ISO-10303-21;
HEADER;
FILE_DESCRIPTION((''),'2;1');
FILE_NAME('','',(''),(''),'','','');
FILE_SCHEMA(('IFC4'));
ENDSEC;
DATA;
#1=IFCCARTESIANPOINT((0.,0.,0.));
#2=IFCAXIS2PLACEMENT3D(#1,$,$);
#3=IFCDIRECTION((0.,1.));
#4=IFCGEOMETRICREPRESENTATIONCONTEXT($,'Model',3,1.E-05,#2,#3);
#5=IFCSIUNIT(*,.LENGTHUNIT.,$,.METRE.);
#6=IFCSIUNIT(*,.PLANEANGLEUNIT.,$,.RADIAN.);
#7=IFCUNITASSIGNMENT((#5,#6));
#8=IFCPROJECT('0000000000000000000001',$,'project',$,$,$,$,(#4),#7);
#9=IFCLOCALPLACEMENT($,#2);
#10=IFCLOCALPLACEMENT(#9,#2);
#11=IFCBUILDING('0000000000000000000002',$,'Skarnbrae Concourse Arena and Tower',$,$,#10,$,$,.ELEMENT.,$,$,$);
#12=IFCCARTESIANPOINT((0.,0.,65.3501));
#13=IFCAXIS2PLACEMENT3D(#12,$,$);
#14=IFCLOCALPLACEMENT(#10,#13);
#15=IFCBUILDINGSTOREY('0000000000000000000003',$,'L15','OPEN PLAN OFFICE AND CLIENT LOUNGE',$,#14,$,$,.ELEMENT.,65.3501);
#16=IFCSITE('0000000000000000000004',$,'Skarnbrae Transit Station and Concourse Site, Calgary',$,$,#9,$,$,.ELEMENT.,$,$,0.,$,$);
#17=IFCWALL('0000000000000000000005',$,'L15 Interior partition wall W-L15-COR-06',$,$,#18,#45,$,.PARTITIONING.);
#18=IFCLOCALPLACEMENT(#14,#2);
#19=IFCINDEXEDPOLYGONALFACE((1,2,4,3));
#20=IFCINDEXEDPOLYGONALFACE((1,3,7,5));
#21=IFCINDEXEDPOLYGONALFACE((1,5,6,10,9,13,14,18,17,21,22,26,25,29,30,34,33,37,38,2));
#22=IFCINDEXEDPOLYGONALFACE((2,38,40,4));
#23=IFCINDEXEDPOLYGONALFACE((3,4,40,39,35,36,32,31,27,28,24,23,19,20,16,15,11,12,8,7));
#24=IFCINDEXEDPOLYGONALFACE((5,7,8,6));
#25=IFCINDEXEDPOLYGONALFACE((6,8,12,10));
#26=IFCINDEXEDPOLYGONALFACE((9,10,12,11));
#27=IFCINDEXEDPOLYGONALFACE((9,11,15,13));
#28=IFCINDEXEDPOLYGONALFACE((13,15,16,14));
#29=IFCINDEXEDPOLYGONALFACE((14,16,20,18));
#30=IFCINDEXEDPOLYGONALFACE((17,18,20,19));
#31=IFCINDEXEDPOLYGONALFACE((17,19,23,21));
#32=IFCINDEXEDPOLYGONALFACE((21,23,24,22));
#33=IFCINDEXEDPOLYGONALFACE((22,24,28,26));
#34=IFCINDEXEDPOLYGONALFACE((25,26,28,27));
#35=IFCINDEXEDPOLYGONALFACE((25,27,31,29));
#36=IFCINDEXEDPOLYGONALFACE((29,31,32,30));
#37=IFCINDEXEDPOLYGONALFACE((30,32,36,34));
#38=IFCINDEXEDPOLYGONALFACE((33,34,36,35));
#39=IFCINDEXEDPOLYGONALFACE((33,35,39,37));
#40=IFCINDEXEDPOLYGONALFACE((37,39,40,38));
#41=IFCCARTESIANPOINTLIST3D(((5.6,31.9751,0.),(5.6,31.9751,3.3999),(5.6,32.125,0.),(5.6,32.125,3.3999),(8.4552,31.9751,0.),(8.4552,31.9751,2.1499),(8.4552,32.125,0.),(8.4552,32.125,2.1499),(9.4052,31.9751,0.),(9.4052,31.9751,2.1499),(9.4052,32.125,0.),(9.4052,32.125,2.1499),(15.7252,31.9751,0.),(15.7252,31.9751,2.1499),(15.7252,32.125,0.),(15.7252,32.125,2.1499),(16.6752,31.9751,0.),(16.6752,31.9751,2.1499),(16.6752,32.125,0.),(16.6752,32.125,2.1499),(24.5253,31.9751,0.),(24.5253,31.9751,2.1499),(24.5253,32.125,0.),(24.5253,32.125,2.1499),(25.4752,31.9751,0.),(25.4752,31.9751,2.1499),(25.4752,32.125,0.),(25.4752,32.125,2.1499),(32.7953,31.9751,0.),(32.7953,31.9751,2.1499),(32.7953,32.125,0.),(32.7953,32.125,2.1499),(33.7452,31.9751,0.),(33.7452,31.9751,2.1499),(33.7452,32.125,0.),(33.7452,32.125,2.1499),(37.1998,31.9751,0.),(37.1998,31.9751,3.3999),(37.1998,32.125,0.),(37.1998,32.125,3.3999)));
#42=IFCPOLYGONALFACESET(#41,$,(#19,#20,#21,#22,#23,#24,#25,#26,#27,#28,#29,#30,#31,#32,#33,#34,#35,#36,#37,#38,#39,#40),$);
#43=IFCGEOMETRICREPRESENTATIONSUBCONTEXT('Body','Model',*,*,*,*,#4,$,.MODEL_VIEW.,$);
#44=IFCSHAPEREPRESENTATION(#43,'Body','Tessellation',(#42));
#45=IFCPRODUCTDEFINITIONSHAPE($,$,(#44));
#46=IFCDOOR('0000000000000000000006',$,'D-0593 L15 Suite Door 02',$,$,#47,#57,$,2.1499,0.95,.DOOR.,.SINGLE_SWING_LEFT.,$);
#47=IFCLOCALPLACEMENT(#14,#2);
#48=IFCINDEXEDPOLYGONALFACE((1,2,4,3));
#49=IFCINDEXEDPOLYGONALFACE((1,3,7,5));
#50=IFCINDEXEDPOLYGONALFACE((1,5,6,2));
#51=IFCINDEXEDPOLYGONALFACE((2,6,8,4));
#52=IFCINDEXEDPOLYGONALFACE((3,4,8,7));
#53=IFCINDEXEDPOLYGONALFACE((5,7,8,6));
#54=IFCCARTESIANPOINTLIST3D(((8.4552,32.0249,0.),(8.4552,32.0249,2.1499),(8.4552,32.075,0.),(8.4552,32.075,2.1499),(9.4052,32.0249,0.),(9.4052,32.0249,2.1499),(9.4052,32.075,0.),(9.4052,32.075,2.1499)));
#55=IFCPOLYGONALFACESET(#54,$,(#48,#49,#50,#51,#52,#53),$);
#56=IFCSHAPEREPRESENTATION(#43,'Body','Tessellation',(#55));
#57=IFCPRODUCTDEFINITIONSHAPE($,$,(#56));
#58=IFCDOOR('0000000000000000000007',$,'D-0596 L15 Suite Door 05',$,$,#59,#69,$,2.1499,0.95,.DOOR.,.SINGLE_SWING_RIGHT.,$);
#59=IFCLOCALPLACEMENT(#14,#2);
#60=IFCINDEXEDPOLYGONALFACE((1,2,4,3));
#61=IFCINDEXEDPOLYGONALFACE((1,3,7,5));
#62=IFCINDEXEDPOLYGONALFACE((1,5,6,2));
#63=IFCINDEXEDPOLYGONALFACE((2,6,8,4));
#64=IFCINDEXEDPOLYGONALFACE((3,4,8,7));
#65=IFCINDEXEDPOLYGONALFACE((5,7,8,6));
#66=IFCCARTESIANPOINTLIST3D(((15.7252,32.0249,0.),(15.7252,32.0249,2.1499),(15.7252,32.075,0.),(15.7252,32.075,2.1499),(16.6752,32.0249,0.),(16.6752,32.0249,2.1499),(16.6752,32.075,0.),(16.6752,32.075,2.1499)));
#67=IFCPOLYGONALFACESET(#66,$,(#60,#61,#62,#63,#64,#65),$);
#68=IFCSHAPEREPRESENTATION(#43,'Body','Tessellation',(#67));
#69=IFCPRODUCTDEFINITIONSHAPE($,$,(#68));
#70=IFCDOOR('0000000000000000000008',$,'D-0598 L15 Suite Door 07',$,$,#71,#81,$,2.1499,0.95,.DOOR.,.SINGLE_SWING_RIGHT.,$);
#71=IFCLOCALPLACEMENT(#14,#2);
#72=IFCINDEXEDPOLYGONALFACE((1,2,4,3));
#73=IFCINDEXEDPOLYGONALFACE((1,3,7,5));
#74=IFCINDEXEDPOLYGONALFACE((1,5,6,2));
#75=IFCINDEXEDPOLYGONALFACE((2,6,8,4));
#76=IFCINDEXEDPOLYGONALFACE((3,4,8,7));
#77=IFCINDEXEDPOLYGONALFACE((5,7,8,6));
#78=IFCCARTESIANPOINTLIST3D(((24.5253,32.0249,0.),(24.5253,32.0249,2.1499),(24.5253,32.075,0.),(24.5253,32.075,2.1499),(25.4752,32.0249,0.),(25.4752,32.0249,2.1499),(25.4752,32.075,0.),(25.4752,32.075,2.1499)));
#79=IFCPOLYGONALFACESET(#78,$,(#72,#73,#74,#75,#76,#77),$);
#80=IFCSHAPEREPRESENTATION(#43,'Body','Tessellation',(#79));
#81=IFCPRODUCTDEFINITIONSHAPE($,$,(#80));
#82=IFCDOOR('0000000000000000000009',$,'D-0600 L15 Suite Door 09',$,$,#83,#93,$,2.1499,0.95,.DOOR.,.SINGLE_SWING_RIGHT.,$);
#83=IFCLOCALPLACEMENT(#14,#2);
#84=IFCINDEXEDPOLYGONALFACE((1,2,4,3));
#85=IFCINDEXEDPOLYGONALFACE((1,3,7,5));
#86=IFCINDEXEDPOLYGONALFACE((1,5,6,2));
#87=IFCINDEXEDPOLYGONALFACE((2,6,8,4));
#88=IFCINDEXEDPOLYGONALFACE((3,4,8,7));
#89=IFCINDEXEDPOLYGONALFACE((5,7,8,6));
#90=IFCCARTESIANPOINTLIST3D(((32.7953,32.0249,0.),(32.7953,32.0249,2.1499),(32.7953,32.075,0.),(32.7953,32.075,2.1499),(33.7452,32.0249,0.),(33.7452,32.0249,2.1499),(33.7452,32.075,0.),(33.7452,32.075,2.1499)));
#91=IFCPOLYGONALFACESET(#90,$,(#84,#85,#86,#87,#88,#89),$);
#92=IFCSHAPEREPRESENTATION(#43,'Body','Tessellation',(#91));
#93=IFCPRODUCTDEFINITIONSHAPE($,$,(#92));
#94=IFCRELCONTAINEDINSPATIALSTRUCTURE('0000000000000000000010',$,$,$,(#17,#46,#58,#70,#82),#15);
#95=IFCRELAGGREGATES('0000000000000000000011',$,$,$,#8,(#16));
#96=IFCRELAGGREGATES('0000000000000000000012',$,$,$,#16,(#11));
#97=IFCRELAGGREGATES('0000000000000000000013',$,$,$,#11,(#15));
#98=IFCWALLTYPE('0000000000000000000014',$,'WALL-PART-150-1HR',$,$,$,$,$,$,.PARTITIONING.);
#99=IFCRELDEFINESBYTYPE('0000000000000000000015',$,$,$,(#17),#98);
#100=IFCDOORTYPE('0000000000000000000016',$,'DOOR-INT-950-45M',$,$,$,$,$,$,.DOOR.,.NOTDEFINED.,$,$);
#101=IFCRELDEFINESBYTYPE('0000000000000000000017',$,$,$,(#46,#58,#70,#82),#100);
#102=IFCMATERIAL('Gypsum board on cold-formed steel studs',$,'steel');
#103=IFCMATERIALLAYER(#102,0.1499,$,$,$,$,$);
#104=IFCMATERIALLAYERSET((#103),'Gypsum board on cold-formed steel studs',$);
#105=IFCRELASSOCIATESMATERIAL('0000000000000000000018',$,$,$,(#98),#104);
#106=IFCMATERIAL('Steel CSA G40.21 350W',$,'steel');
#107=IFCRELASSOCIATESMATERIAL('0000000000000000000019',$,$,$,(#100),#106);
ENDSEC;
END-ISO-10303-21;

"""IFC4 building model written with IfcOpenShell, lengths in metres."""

from ifc_helpers import new_model, si_unit, direction, frame, frame_2d, origin, place, context, subcontext, project, spatial, rectangle, extrude, source, transform, mapped, material, layer, layer_set, type_object, element, fill, save


model = new_model("IFC4")

# Units and contexts
model_context = context("Model", 3, precision=1e-05, world=origin(), true_north=direction((0.0, 1.0)))
body_context = subcontext(model_context, "Body", "Model", "MODEL_VIEW")
ifc_project = project(units=[si_unit("LENGTHUNIT", "METRE"), si_unit("PLANEANGLEUNIT", "RADIAN")], contexts=[model_context])

# Site, building, storey
site_placement = place(None, origin())
site = spatial("IfcSite", under=ifc_project, at=site_placement, Name="Skarnbrae Transit Station and Concourse Site, Calgary", CompositionType="ELEMENT", RefElevation=0.0)
building_placement = place(site_placement, origin())
building = spatial("IfcBuilding", under=site, at=building_placement, Name="Skarnbrae Concourse Arena and Tower", CompositionType="ELEMENT")
storey_placement = place(building_placement, frame((0.0, 0.0, 65.3501)))
storey = spatial("IfcBuildingStorey", under=building, at=storey_placement, Name="L15", Description="OPEN PLAN OFFICE AND CLIENT LOUNGE", CompositionType="ELEMENT", Elevation=65.3501)

# Shared definitions
ifc_material_1 = material(Name="Steel CSA G40.21 350W", Category="steel")

# Shared definitions
ifc_material_2 = material(Name="Gypsum board on cold-formed steel studs", Category="steel")
ifc_layer_1 = layer(ifc_material_2, 0.1499)
ifc_layer_set_1 = layer_set([ifc_layer_1], Name="Gypsum board on cold-formed steel studs")
wall_type_1 = type_object("IfcWallType", Name="WALL-PART-150-1HR", PredefinedType="PARTITIONING", material=ifc_layer_set_1)

# Shared definitions
door_type = type_object("IfcDoorType", Name="DOOR-INT-950-45M", OperationType="NOTDEFINED", PredefinedType="DOOR", material=ifc_material_1)
shared_shape_1 = source(origin(), body_context, "Body", "SweptSolid", [
    extrude(rectangle(XDim=0.95, YDim=2.1499, at=frame_2d((0.4751, 1.075))), frame((0.0, 0.0249, 0.0), z_axis=(0.0, -1.0, 0.0), x_axis=(1.0, 0.0, 0.0)), (0.0, 0.0, 1.0), 0.05),
])

# Wall, openings, doors
shared_shape_2 = source(origin(), body_context, "Body", "SweptSolid", [
    extrude(rectangle(XDim=31.5999, YDim=0.1499, at=frame_2d((15.7998, 0.0))), origin(), (0.0, 0.0, 1.0), 3.3999),
])
wall_1_placement = place(storey_placement, frame((5.6001, 32.05, 0.0), z_axis=(0.0, 0.0, 1.0), x_axis=(1.0, 0.0, 0.0)))
wall_1 = element("IfcWall", 1, at=wall_1_placement, inside=storey, type_object=wall_type_1, Name="L15 Interior partition wall W-L15-COR-06", PredefinedType="PARTITIONING", context=body_context, shape_type="MappedRepresentation", body=[
    mapped(shared_shape_2, transform((0.0, 0.0, 0.0))),
])
opening_1_placement = place(wall_1_placement, frame((2.855, 0.0, 0.0)))
opening_1 = element("IfcOpeningElement", 2, at=opening_1_placement, cuts=wall_1, PredefinedType="OPENING", context=body_context, shape_type="SweptSolid", body=[
    extrude(rectangle(XDim=0.95, YDim=2.1499, at=frame_2d((0.4751, 1.075))), frame((0.0, 0.085, 0.0), z_axis=(0.0, -1.0, 0.0), x_axis=(1.0, 0.0, 0.0)), (0.0, 0.0, 1.0), 0.1699),
])
opening_2_placement = place(wall_1_placement, frame((10.125, 0.0, 0.0)))
opening_2 = element("IfcOpeningElement", 3, at=opening_2_placement, cuts=wall_1, PredefinedType="OPENING", context=body_context, shape_type="SweptSolid", body=[
    extrude(rectangle(XDim=0.95, YDim=2.1499, at=frame_2d((0.4751, 1.075))), frame((0.0, 0.085, 0.0), z_axis=(0.0, -1.0, 0.0), x_axis=(1.0, 0.0, 0.0)), (0.0, 0.0, 1.0), 0.1699),
])
opening_3_placement = place(wall_1_placement, frame((18.925, 0.0, 0.0)))
opening_3 = element("IfcOpeningElement", 4, at=opening_3_placement, cuts=wall_1, PredefinedType="OPENING", context=body_context, shape_type="SweptSolid", body=[
    extrude(rectangle(XDim=0.95, YDim=2.1499, at=frame_2d((0.4751, 1.075))), frame((0.0, 0.085, 0.0), z_axis=(0.0, -1.0, 0.0), x_axis=(1.0, 0.0, 0.0)), (0.0, 0.0, 1.0), 0.1699),
])
opening_4_placement = place(wall_1_placement, frame((27.1951, 0.0, 0.0)))
opening_4 = element("IfcOpeningElement", 5, at=opening_4_placement, cuts=wall_1, PredefinedType="OPENING", context=body_context, shape_type="SweptSolid", body=[
    extrude(rectangle(XDim=0.95, YDim=2.1499, at=frame_2d((0.4751, 1.075))), frame((0.0, 0.085, 0.0), z_axis=(0.0, -1.0, 0.0), x_axis=(1.0, 0.0, 0.0)), (0.0, 0.0, 1.0), 0.1699),
])
door_1_placement = place(opening_1_placement, origin())
door_1 = element("IfcDoor", 6, at=door_1_placement, inside=storey, type_object=door_type, Name="D-0593 L15 Suite Door 02", OperationType="SINGLE_SWING_LEFT", OverallHeight=2.1499, OverallWidth=0.95, PredefinedType="DOOR", context=body_context, shape_type="MappedRepresentation", body=[
    mapped(shared_shape_1, transform((0.0, 0.0, 0.0))),
])
fill(opening_1, door_1)
door_2_placement = place(opening_2_placement, origin())
door_2 = element("IfcDoor", 7, at=door_2_placement, inside=storey, type_object=door_type, Name="D-0596 L15 Suite Door 05", OperationType="SINGLE_SWING_RIGHT", OverallHeight=2.1499, OverallWidth=0.95, PredefinedType="DOOR", context=body_context, shape_type="MappedRepresentation", body=[
    mapped(shared_shape_1, transform((0.0, 0.0, 0.0))),
])
fill(opening_2, door_2)
door_3_placement = place(opening_3_placement, origin())
door_3 = element("IfcDoor", 8, at=door_3_placement, inside=storey, type_object=door_type, Name="D-0598 L15 Suite Door 07", OperationType="SINGLE_SWING_RIGHT", OverallHeight=2.1499, OverallWidth=0.95, PredefinedType="DOOR", context=body_context, shape_type="MappedRepresentation", body=[
    mapped(shared_shape_1, transform((0.0, 0.0, 0.0))),
])
fill(opening_3, door_3)
door_4_placement = place(opening_4_placement, origin())
door_4 = element("IfcDoor", 9, at=door_4_placement, inside=storey, type_object=door_type, Name="D-0600 L15 Suite Door 09", OperationType="SINGLE_SWING_RIGHT", OverallHeight=2.1499, OverallWidth=0.95, PredefinedType="DOOR", context=body_context, shape_type="MappedRepresentation", body=[
    mapped(shared_shape_1, transform((0.0, 0.0, 0.0))),
])
fill(opening_4, door_4)

save(model, "model.ifc")
